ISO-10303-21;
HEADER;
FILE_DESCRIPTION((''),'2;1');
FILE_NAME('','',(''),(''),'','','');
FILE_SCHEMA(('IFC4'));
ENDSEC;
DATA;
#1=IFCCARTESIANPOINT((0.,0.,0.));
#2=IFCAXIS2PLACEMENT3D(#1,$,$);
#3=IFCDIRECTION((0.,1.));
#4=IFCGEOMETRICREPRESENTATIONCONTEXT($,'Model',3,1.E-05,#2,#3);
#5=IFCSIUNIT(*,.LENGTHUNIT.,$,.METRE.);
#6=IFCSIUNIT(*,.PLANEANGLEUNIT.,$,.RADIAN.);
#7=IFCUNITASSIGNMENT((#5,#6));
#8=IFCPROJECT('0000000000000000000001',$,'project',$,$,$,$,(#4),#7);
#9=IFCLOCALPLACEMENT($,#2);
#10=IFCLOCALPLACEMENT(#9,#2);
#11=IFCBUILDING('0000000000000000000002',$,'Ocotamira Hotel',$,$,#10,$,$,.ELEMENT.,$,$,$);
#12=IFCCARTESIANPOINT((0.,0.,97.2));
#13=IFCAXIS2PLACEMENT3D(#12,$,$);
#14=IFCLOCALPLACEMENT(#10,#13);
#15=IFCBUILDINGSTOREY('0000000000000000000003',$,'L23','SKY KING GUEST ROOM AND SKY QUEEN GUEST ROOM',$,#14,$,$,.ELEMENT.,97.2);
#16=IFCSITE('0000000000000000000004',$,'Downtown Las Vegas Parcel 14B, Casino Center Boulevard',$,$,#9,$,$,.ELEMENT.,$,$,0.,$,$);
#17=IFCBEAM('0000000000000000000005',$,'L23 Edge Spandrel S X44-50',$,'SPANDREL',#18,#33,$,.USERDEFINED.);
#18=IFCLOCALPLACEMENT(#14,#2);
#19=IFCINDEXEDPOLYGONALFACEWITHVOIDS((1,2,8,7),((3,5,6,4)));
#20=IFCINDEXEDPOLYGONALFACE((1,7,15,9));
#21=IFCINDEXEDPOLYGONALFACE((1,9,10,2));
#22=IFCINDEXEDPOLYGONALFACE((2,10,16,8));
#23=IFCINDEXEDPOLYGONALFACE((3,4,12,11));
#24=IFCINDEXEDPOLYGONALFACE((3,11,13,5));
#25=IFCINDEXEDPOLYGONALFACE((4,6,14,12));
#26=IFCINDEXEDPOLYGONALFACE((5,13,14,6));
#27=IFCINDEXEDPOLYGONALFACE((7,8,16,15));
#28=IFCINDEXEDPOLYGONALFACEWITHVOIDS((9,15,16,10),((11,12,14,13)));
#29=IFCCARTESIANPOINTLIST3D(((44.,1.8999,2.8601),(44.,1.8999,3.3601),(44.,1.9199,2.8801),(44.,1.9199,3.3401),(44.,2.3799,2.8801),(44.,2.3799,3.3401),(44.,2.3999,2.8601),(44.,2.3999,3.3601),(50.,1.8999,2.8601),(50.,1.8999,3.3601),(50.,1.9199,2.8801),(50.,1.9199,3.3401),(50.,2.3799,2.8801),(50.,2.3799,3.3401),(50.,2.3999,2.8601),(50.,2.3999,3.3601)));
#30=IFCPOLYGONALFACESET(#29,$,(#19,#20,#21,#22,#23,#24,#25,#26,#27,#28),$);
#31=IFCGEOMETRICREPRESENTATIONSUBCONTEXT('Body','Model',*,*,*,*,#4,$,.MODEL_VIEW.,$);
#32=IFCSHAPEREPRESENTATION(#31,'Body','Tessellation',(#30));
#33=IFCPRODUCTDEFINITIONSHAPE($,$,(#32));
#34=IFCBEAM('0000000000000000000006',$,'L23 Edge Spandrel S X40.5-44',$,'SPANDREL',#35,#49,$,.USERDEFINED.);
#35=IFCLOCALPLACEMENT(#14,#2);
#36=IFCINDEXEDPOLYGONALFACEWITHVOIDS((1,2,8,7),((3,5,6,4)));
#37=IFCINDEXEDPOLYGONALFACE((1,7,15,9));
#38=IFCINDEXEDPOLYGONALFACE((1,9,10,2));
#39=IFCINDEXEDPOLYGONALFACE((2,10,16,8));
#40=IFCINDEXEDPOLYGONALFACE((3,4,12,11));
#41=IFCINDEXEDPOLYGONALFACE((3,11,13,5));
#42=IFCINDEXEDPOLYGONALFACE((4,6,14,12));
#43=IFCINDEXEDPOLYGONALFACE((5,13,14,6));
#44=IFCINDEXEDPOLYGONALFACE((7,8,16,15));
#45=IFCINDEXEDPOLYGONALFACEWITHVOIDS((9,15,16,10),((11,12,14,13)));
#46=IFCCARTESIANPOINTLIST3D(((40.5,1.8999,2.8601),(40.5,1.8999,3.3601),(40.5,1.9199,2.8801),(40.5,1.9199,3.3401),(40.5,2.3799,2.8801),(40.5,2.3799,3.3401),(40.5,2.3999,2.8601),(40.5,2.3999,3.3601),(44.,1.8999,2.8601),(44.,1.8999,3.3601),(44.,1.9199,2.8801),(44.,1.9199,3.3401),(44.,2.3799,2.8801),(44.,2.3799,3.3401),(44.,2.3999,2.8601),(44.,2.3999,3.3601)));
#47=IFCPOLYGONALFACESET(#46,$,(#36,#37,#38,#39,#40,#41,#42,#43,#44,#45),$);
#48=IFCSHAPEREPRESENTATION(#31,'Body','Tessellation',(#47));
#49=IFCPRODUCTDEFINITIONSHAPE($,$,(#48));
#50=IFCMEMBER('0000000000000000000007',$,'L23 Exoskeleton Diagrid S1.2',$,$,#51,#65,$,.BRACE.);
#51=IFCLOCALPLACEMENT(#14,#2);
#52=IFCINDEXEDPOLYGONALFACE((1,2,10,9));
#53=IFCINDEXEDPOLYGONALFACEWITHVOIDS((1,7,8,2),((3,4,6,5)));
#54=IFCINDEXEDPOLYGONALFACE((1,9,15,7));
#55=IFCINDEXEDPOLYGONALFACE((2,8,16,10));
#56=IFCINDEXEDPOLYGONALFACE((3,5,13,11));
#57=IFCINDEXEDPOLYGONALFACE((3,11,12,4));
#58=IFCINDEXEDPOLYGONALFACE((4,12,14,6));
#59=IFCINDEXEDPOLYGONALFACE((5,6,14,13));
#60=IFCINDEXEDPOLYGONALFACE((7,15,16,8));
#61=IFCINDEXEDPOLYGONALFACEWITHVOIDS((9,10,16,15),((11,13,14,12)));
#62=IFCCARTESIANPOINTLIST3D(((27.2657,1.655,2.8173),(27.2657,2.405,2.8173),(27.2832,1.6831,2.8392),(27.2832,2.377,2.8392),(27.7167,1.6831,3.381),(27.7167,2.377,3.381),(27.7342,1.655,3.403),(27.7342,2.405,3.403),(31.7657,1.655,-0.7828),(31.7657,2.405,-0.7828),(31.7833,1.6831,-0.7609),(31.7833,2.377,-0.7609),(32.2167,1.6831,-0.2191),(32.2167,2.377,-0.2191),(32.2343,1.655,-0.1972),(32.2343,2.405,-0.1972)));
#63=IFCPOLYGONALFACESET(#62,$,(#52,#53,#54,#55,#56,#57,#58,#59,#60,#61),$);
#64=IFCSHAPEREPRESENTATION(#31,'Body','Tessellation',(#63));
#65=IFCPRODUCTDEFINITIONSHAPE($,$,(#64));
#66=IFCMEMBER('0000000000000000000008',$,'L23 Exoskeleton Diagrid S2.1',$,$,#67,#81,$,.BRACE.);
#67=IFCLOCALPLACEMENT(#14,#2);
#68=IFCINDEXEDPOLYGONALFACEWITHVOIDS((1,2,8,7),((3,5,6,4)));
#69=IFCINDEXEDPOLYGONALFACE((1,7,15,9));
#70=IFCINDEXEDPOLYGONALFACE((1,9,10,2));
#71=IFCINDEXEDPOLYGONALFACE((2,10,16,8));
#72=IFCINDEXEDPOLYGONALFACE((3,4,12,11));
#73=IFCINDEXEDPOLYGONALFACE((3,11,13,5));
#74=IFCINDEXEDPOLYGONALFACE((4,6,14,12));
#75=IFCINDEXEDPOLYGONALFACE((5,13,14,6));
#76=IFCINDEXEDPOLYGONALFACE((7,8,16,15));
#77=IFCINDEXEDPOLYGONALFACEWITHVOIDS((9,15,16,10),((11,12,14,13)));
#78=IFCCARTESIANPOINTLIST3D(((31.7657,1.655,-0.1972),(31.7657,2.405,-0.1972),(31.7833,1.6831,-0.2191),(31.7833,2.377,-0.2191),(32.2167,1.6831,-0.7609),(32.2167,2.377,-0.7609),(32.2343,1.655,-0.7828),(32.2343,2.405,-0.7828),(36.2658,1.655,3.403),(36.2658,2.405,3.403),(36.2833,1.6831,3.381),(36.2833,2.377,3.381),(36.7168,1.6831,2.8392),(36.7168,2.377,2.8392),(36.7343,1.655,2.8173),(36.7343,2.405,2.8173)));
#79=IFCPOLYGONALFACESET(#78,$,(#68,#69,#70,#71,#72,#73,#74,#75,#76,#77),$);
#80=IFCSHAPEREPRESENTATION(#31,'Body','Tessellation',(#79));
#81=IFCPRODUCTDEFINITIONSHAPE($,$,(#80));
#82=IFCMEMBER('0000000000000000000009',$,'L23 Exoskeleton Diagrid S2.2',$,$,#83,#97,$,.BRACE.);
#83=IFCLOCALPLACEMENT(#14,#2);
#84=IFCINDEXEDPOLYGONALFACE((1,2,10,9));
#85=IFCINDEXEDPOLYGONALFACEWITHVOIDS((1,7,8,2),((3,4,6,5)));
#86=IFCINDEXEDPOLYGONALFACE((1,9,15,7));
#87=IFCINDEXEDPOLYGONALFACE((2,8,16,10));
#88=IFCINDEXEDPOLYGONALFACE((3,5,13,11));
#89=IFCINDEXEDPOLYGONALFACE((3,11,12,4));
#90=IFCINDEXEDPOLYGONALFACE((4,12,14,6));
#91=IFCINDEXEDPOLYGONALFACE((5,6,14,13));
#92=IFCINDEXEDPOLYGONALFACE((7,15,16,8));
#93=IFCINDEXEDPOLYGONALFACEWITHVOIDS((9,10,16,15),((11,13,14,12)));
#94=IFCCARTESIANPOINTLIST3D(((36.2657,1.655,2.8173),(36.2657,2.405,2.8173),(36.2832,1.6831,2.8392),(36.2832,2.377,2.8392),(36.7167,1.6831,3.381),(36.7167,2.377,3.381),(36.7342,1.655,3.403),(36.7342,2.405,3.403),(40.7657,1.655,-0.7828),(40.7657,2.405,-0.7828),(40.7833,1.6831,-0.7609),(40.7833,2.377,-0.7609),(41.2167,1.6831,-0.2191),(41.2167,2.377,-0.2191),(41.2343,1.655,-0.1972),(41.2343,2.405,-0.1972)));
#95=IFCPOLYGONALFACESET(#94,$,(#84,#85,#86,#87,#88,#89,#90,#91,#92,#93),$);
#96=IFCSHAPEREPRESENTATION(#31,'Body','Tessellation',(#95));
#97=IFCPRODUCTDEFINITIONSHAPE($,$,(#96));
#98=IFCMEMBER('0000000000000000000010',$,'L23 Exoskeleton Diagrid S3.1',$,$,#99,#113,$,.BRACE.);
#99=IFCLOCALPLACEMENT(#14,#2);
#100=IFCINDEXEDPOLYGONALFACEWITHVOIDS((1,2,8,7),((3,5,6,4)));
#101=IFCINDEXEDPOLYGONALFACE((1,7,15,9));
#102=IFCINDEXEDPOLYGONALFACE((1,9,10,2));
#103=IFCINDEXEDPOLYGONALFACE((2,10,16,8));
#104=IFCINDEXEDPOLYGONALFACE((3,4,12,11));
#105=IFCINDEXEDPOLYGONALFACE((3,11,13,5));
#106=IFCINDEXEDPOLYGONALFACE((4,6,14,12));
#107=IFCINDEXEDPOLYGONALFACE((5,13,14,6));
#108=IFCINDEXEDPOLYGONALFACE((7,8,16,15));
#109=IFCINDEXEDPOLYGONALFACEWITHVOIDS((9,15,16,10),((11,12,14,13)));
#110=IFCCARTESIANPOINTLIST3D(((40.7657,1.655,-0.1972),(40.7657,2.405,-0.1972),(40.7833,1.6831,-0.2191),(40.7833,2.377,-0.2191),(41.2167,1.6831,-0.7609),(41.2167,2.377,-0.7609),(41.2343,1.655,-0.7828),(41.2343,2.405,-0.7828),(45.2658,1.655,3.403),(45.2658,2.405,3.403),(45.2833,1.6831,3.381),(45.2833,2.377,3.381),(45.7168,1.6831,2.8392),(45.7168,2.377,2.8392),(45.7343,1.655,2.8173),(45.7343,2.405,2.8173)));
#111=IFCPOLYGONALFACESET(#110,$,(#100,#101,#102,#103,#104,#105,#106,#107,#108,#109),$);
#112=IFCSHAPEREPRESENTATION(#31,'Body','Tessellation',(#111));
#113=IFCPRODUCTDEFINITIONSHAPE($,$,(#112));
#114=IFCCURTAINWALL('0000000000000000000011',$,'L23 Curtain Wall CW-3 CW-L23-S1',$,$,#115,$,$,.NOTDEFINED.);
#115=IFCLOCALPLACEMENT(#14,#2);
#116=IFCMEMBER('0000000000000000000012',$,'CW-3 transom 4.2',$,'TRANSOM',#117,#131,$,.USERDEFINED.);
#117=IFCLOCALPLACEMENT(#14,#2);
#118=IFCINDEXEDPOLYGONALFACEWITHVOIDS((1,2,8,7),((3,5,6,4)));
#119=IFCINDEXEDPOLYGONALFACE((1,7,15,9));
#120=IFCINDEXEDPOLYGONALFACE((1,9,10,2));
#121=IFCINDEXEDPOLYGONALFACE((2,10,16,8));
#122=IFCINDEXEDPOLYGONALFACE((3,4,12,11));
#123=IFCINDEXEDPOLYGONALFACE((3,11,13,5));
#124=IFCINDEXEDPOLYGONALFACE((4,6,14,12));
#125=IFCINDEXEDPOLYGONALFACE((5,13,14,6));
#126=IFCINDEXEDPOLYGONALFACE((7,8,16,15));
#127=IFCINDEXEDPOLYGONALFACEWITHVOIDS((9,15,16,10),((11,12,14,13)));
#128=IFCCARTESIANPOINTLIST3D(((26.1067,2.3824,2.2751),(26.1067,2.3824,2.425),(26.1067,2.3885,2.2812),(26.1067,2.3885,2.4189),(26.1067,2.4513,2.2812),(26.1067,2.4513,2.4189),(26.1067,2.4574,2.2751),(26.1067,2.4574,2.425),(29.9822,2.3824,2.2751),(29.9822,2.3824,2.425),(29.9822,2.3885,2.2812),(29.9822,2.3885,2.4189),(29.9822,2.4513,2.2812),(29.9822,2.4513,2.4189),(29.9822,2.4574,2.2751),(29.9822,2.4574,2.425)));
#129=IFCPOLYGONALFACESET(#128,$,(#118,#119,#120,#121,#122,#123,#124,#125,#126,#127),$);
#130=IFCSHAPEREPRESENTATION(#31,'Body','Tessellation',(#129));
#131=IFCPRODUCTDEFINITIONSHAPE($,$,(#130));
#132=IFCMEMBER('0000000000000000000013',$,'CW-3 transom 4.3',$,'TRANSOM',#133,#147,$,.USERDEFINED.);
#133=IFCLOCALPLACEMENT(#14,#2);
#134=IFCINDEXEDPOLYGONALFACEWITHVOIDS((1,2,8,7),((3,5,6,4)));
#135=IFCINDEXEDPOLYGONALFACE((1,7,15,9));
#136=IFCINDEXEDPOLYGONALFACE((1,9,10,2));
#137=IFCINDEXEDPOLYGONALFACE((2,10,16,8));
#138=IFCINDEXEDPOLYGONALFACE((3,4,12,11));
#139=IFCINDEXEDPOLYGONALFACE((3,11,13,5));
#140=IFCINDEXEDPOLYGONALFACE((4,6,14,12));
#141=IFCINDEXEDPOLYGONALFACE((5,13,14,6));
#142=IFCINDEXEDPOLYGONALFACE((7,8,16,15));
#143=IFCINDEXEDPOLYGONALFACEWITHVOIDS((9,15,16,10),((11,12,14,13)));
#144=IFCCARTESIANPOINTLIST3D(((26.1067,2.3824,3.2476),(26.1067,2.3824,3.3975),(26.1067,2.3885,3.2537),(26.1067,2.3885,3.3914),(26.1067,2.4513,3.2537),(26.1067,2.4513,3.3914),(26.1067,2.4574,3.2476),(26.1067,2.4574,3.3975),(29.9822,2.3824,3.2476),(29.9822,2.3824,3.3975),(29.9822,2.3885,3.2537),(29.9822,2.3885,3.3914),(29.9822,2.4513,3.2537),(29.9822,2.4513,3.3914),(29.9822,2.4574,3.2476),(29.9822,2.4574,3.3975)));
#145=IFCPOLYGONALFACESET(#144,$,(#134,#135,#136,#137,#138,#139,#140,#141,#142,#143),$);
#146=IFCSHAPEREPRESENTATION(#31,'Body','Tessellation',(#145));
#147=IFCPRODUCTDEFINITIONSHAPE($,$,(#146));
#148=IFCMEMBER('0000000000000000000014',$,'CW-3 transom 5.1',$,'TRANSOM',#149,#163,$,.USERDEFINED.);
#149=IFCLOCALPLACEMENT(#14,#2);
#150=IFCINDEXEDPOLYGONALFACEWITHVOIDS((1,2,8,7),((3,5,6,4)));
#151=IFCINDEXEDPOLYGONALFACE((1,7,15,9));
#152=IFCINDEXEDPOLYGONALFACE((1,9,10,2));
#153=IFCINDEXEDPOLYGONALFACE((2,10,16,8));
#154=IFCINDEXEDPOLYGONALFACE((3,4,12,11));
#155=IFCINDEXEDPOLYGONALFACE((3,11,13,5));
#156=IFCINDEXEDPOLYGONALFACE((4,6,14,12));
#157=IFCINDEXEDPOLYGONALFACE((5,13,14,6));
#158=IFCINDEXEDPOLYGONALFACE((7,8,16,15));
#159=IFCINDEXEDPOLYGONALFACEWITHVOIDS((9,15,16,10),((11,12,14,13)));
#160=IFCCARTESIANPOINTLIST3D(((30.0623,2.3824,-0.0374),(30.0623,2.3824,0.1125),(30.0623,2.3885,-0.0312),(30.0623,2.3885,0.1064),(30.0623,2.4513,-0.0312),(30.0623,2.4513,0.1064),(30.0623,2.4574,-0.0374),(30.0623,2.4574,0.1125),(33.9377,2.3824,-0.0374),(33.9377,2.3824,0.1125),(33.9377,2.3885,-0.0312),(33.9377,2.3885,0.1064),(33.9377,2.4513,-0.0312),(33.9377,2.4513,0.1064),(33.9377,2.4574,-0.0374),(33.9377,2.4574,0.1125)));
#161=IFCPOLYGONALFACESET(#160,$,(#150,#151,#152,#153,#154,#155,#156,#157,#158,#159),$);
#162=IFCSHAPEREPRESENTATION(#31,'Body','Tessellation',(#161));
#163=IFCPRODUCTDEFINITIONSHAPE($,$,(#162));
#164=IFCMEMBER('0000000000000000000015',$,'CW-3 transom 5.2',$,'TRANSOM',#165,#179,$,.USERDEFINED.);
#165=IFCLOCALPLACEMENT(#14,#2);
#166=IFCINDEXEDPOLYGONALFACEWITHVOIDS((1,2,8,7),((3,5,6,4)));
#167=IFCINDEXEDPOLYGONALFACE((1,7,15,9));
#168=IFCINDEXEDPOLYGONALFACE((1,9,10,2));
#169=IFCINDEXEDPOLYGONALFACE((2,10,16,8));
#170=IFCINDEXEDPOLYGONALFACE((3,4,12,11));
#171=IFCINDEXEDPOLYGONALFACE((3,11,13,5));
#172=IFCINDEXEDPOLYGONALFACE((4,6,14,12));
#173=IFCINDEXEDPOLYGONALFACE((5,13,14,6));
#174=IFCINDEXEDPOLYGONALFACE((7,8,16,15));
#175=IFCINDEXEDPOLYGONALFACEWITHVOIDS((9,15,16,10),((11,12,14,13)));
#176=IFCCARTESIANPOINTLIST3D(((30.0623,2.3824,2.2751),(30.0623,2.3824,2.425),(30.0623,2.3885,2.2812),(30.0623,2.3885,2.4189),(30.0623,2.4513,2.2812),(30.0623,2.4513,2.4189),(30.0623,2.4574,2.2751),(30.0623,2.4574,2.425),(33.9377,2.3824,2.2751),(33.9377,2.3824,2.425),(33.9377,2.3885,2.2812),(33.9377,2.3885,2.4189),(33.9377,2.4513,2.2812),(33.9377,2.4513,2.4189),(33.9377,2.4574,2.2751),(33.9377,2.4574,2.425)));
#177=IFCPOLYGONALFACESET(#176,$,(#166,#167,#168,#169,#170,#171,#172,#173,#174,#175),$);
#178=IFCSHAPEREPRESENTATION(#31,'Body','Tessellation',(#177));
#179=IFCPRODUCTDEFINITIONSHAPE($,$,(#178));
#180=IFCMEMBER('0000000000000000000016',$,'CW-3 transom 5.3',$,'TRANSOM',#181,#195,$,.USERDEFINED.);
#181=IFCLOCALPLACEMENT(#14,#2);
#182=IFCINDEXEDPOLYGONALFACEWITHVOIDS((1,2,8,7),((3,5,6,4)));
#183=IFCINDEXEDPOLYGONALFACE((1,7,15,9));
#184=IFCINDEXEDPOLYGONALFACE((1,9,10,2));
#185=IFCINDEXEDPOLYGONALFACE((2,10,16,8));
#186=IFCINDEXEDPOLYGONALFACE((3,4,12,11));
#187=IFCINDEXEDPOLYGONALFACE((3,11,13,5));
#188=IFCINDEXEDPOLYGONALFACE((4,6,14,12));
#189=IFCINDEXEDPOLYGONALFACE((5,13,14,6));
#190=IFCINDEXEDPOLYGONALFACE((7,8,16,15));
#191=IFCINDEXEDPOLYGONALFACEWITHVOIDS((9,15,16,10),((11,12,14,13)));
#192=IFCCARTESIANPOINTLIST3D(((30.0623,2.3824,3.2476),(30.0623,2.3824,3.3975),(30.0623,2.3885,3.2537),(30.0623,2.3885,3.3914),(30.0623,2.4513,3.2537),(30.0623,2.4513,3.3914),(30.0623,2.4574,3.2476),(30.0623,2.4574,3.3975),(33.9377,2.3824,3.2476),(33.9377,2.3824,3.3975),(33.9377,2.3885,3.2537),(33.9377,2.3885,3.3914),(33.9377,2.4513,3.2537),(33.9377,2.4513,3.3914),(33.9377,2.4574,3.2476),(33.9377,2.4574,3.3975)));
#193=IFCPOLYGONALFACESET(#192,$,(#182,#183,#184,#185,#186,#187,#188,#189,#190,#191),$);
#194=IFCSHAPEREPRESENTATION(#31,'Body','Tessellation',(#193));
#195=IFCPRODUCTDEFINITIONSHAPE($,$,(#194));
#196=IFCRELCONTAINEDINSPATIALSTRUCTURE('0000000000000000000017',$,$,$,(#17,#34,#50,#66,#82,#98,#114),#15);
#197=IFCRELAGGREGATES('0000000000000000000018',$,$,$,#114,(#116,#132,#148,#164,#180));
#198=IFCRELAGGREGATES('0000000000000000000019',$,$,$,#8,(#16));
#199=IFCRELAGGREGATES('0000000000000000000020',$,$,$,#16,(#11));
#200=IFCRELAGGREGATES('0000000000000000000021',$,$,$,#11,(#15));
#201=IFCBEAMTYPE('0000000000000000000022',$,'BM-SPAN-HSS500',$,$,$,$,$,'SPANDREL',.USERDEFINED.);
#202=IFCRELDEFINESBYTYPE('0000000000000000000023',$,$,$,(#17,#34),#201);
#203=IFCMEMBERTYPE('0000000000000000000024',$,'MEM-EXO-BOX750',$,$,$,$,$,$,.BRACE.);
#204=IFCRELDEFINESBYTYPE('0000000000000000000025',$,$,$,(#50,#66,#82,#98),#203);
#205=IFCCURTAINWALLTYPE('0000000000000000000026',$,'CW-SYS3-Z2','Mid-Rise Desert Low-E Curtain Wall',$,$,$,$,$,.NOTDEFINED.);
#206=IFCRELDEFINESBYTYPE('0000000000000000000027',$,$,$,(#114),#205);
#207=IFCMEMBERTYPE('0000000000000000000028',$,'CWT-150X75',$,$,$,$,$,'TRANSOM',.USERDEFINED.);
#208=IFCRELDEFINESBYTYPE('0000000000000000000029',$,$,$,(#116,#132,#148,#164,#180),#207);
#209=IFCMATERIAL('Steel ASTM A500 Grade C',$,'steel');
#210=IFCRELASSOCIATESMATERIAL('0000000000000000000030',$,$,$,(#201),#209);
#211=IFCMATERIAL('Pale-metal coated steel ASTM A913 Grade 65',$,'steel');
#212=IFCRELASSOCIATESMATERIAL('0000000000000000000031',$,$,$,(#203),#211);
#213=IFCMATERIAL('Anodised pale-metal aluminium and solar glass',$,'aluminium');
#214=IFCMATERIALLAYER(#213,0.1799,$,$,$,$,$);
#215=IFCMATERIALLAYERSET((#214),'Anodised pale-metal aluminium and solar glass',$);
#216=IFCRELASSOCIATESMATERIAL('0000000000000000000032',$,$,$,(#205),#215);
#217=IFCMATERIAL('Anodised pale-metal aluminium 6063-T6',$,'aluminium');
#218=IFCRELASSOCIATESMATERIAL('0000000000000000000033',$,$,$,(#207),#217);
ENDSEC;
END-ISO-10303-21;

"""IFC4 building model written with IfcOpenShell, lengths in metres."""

from ifc_helpers import new_model, si_unit, direction, frame, origin, origin_2d, place, context, subcontext, project, spatial, hollow_rectangle, extrude, source, transform, mapped, material, layer, layer_set, material_profile, profile_set, type_object, element, aggregate, save


model = new_model("IFC4")

# Units and contexts
model_context = context("Model", 3, precision=1e-05, world=origin(), true_north=direction((0.0, 1.0)))
body_context = subcontext(model_context, "Body", "Model", "MODEL_VIEW")
ifc_project = project(units=[si_unit("LENGTHUNIT", "METRE"), si_unit("PLANEANGLEUNIT", "RADIAN")], contexts=[model_context])

# Site, building, storey
site_placement = place(None, origin())
site = spatial("IfcSite", under=ifc_project, at=site_placement, Name="Downtown Las Vegas Parcel 14B, Casino Center Boulevard", CompositionType="ELEMENT", RefElevation=0.0)
building_placement = place(site_placement, origin())
building = spatial("IfcBuilding", under=site, at=building_placement, Name="Ocotamira Hotel", CompositionType="ELEMENT")
storey_placement = place(building_placement, frame((0.0, 0.0, 97.2)))
storey = spatial("IfcBuildingStorey", under=building, at=storey_placement, Name="L23", Description="SKY KING GUEST ROOM AND SKY QUEEN GUEST ROOM", CompositionType="ELEMENT", Elevation=97.2)

# Beams
ifc_material_1 = material(Name="Steel ASTM A500 Grade C", Category="steel")
ifc_material_profile_1 = material_profile(ifc_material_1, hollow_rectangle(XDim=0.5, YDim=0.5, WallThickness=0.02, at=origin_2d()), Name="HSS500X500X20")
ifc_profile_set_1 = profile_set([ifc_material_profile_1], Name="Steel ASTM A500 Grade C")
beam_type = type_object("IfcBeamType", Name="BM-SPAN-HSS500", ElementType="SPANDREL", PredefinedType="USERDEFINED", material=ifc_profile_set_1)
shared_shape_1 = source(origin(), body_context, "Body", "SweptSolid", [
    extrude(hollow_rectangle(XDim=0.5, YDim=0.5, WallThickness=0.02, at=origin_2d()), origin(), (0.0, 0.0, 1.0), 6.0),
])
beam_1_placement = place(storey_placement, frame((44.0, 2.1499, 3.1101), z_axis=(1.0, 0.0, 0.0), x_axis=(0.0, 1.0, 0.0)))
element("IfcBeam", 1, at=beam_1_placement, inside=storey, type_object=beam_type, Name="L23 Edge Spandrel S X44-50", ObjectType="SPANDREL", PredefinedType="USERDEFINED", context=body_context, shape_type="MappedRepresentation", body=[
    mapped(shared_shape_1, transform((0.0, 0.0, 0.0), scale=1.0)),
])
shared_shape_2 = source(origin(), body_context, "Body", "SweptSolid", [
    extrude(hollow_rectangle(XDim=0.5, YDim=0.5, WallThickness=0.02, at=origin_2d()), origin(), (0.0, 0.0, 1.0), 3.5),
])
beam_2_placement = place(storey_placement, frame((40.5, 2.1499, 3.1101), z_axis=(1.0, 0.0, 0.0), x_axis=(0.0, 1.0, 0.0)))
element("IfcBeam", 2, at=beam_2_placement, inside=storey, type_object=beam_type, Name="L23 Edge Spandrel S X40.5-44", ObjectType="SPANDREL", PredefinedType="USERDEFINED", context=body_context, shape_type="MappedRepresentation", body=[
    mapped(shared_shape_2, transform((0.0, 0.0, 0.0), scale=1.0)),
])

# Members
ifc_material_2 = material(Name="Pale-metal coated steel ASTM A913 Grade 65", Category="steel")
ifc_material_profile_2 = material_profile(ifc_material_2, hollow_rectangle(XDim=0.75, YDim=0.75, WallThickness=0.0281, at=origin_2d()), Name="BOX750X750X28")
ifc_profile_set_2 = profile_set([ifc_material_profile_2], Name="Pale-metal coated steel ASTM A913 Grade 65")
member_type_1 = type_object("IfcMemberType", Name="MEM-EXO-BOX750", PredefinedType="BRACE", material=ifc_profile_set_2)
shared_shape_3 = source(origin(), body_context, "Body", "SweptSolid", [
    extrude(hollow_rectangle(XDim=0.75, YDim=0.75, WallThickness=0.0281, at=origin_2d()), origin(), (0.0, 0.0, 1.0), 5.7629),
])
for number, where, z_axis, x_axis, name in (
    (3, (32.0, 2.03, -0.49), (-0.780861, 0.0, 0.624705), (0.0, -1.0, 0.0), "L23 Exoskeleton Diagrid S1.2"),
    (4, (32.0, 2.03, -0.49), (0.780861, 0.0, 0.624705), (0.0, 1.0, 0.0), "L23 Exoskeleton Diagrid S2.1"),
    (5, (41.0, 2.03, -0.49), (-0.780861, 0.0, 0.624705), (0.0, -1.0, 0.0), "L23 Exoskeleton Diagrid S2.2"),
    (6, (41.0, 2.03, -0.49), (0.780861, 0.0, 0.624705), (0.0, 1.0, 0.0), "L23 Exoskeleton Diagrid S3.1"),
):
    element("IfcMember", number, at=place(storey_placement, frame(where, z_axis=z_axis, x_axis=x_axis)), inside=storey, type_object=member_type_1, Name=name, PredefinedType="BRACE", context=body_context, shape_type="MappedRepresentation", body=[
        mapped(shared_shape_3, transform((0.0, 0.0, 0.0), scale=1.0)),
    ])

# Curtain wall, members
ifc_material_3 = material(Name="Anodised pale-metal aluminium and solar glass", Category="aluminium")
ifc_layer_1 = layer(ifc_material_3, 0.1799)
ifc_layer_set_1 = layer_set([ifc_layer_1], Name="Anodised pale-metal aluminium and solar glass")
curtain_wall_type = type_object("IfcCurtainWallType", Name="CW-SYS3-Z2", Description="Mid-Rise Desert Low-E Curtain Wall", PredefinedType="NOTDEFINED", material=ifc_layer_set_1)
curtain_wall_placement = place(storey_placement, origin())
curtain_wall = element("IfcCurtainWall", 7, at=curtain_wall_placement, inside=storey, type_object=curtain_wall_type, Name="L23 Curtain Wall CW-3 CW-L23-S1", PredefinedType="NOTDEFINED")
ifc_material_4 = material(Name="Anodised pale-metal aluminium 6063-T6", Category="aluminium")
ifc_material_profile_3 = material_profile(ifc_material_4, hollow_rectangle(XDim=0.075, YDim=0.1499, WallThickness=0.0061, at=origin_2d()), Name="HSS150X75X6")
ifc_profile_set_3 = profile_set([ifc_material_profile_3], Name="Anodised pale-metal aluminium 6063-T6")
member_type_2 = type_object("IfcMemberType", Name="CWT-150X75", ElementType="TRANSOM", PredefinedType="USERDEFINED", material=ifc_profile_set_3)
shared_shape_4 = source(origin(), body_context, "Body", "SweptSolid", [
    extrude(hollow_rectangle(XDim=0.075, YDim=0.1499, WallThickness=0.0061, at=origin_2d()), origin(), (0.0, 0.0, 1.0), 3.8755),
])
member_1_placement = place(storey_placement, frame((26.1067, 2.4199, 2.3501), z_axis=(1.0, 0.0, 0.0), x_axis=(0.0, 1.0, 0.0)))
member_1 = element("IfcMember", 8, at=member_1_placement, type_object=member_type_2, Name="CW-3 transom 4.2", ObjectType="TRANSOM", PredefinedType="USERDEFINED", context=body_context, shape_type="MappedRepresentation", body=[
    mapped(shared_shape_4, transform((0.0, 0.0, 0.0), scale=1.0)),
])
member_2_placement = place(storey_placement, frame((26.1067, 2.4199, 3.3225), z_axis=(1.0, 0.0, 0.0), x_axis=(0.0, 1.0, 0.0)))
member_2 = element("IfcMember", 9, at=member_2_placement, type_object=member_type_2, Name="CW-3 transom 4.3", ObjectType="TRANSOM", PredefinedType="USERDEFINED", context=body_context, shape_type="MappedRepresentation", body=[
    mapped(shared_shape_4, transform((0.0, 0.0, 0.0), scale=1.0)),
])
member_3_placement = place(storey_placement, frame((30.0623, 2.4199, 0.0376), z_axis=(1.0, 0.0, 0.0), x_axis=(0.0, 1.0, 0.0)))
member_3 = element("IfcMember", 10, at=member_3_placement, type_object=member_type_2, Name="CW-3 transom 5.1", ObjectType="TRANSOM", PredefinedType="USERDEFINED", context=body_context, shape_type="MappedRepresentation", body=[
    mapped(shared_shape_4, transform((0.0, 0.0, 0.0), scale=1.0)),
])
member_4_placement = place(storey_placement, frame((30.0623, 2.4199, 2.3501), z_axis=(1.0, 0.0, 0.0), x_axis=(0.0, 1.0, 0.0)))
member_4 = element("IfcMember", 11, at=member_4_placement, type_object=member_type_2, Name="CW-3 transom 5.2", ObjectType="TRANSOM", PredefinedType="USERDEFINED", context=body_context, shape_type="MappedRepresentation", body=[
    mapped(shared_shape_4, transform((0.0, 0.0, 0.0), scale=1.0)),
])
member_5_placement = place(storey_placement, frame((30.0623, 2.4199, 3.3225), z_axis=(1.0, 0.0, 0.0), x_axis=(0.0, 1.0, 0.0)))
member_5 = element("IfcMember", 12, at=member_5_placement, type_object=member_type_2, Name="CW-3 transom 5.3", ObjectType="TRANSOM", PredefinedType="USERDEFINED", context=body_context, shape_type="MappedRepresentation", body=[
    mapped(shared_shape_4, transform((0.0, 0.0, 0.0), scale=1.0)),
])

aggregate(curtain_wall, [member_1, member_2, member_3, member_4, member_5])

save(model, "model.ifc")
